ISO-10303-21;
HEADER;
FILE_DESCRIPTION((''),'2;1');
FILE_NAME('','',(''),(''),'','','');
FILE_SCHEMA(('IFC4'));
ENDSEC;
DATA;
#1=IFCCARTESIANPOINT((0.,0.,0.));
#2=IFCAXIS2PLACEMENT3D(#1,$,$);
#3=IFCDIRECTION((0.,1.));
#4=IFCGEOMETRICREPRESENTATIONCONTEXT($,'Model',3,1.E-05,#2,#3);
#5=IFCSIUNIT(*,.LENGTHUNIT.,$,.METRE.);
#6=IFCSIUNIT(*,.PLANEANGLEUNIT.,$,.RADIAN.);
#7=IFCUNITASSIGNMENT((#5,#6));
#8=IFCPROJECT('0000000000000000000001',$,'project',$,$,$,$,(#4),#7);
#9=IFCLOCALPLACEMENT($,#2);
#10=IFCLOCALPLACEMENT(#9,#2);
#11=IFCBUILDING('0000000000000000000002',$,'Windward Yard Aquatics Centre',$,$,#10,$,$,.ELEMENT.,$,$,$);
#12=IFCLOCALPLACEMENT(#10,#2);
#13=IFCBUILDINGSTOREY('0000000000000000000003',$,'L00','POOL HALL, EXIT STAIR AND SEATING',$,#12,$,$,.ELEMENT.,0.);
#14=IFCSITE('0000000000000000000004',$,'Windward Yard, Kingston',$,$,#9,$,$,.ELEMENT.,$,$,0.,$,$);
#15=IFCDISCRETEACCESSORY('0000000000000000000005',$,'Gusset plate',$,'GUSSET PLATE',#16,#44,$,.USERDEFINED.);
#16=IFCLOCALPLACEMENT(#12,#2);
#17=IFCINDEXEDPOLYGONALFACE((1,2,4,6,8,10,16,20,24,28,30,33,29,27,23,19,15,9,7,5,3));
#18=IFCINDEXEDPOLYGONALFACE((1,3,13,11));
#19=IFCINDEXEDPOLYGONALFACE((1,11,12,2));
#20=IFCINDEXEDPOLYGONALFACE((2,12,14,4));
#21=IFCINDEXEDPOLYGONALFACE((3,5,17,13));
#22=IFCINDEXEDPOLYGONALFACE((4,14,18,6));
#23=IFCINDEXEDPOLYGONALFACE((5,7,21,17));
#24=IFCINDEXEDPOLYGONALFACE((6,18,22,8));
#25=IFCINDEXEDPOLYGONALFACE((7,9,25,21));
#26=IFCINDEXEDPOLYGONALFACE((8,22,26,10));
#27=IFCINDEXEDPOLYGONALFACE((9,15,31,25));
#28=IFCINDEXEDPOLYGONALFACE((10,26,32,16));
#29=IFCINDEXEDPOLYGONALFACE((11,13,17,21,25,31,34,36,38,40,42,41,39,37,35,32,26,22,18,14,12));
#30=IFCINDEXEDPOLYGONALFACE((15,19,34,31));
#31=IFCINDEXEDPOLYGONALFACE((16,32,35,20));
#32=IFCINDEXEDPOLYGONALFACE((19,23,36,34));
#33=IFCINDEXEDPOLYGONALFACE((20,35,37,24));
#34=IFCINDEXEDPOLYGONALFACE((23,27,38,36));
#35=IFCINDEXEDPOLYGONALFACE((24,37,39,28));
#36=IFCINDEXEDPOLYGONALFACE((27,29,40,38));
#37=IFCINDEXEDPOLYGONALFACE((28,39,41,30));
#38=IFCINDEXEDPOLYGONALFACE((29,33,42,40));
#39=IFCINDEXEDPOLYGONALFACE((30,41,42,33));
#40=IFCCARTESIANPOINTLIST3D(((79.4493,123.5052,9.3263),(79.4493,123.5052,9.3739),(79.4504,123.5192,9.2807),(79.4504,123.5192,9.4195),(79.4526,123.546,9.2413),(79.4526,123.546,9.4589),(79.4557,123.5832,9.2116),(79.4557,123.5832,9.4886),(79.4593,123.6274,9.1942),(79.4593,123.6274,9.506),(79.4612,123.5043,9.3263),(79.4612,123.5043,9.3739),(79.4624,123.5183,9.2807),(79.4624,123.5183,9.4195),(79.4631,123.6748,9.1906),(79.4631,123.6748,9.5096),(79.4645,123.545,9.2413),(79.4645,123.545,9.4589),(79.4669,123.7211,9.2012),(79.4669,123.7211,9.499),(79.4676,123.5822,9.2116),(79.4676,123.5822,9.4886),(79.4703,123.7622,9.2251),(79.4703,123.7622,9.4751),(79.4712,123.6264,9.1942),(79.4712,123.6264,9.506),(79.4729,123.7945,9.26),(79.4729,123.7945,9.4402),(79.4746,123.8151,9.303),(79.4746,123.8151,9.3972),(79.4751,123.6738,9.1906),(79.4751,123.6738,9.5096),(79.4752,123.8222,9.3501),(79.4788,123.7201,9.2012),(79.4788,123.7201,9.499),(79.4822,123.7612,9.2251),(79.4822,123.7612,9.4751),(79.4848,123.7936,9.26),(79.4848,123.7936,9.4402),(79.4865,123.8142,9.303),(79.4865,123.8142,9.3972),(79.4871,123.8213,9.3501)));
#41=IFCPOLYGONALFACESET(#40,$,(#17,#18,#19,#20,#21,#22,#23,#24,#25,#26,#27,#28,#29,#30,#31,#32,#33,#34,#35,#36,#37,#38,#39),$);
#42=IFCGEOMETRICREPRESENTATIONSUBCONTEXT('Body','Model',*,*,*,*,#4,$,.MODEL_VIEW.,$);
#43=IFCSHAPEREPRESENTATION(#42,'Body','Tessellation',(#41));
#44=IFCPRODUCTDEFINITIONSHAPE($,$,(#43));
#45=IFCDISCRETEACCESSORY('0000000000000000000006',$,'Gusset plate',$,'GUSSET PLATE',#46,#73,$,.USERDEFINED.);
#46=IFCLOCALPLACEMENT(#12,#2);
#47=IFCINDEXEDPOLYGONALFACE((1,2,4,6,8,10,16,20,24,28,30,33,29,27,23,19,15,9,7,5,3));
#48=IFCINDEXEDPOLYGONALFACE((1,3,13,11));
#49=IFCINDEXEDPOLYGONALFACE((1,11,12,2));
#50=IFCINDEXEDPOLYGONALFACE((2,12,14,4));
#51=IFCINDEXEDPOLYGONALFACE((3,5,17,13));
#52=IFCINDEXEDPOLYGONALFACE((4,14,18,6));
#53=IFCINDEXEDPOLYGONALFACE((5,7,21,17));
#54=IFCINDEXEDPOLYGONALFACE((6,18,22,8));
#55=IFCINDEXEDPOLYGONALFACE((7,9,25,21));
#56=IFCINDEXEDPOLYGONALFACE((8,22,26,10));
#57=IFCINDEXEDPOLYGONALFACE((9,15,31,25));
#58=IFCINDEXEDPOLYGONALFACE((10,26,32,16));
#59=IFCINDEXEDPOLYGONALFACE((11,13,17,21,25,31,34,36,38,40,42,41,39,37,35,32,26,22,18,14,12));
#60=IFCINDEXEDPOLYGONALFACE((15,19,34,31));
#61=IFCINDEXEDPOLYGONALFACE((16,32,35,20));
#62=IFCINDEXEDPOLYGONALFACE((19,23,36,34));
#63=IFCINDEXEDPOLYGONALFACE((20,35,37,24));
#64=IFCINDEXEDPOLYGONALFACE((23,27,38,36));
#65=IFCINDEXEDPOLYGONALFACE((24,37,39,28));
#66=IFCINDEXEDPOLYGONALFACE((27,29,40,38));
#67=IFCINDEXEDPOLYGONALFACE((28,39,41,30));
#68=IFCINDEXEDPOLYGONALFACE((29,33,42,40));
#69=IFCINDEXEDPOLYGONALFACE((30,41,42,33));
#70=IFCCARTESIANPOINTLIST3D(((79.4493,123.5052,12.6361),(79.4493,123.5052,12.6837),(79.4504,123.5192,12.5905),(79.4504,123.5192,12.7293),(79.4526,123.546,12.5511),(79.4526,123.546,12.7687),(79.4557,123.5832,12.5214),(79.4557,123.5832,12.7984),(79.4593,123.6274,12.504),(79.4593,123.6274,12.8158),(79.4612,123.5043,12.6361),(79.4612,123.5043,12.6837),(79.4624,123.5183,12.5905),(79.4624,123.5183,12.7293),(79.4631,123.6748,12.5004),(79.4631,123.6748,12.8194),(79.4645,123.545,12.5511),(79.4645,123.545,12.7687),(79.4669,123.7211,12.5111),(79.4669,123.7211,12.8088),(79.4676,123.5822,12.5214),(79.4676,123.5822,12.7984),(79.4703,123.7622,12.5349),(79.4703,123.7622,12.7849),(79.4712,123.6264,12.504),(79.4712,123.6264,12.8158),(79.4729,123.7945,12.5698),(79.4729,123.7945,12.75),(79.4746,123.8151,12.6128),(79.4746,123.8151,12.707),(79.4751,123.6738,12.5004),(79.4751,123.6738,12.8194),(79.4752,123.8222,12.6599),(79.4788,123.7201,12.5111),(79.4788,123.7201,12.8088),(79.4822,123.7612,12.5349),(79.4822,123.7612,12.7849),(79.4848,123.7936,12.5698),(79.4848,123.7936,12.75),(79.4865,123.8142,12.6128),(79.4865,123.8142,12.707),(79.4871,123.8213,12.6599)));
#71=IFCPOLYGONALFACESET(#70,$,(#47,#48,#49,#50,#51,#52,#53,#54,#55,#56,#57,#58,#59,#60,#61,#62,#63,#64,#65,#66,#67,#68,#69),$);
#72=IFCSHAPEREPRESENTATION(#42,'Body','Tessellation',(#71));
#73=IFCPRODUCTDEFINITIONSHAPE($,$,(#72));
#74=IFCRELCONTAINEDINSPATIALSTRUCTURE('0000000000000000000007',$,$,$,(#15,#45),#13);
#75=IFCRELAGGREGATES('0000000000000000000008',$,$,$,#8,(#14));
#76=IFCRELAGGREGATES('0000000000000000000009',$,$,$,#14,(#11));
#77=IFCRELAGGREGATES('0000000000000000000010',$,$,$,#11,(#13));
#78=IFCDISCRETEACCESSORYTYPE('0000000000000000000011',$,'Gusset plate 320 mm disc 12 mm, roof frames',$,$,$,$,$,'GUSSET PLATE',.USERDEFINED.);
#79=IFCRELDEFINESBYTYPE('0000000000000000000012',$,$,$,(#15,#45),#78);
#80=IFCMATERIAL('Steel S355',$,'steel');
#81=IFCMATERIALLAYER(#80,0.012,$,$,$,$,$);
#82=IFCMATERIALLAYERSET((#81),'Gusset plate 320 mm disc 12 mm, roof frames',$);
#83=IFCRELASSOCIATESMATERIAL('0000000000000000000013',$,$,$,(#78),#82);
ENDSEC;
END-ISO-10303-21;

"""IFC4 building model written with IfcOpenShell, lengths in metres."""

from ifc_helpers import new_model, si_unit, direction, frame, origin, origin_2d, place, context, subcontext, project, spatial, circle, extrude, material, layer, layer_set, type_object, element, save


model = new_model("IFC4")

# Units and contexts
model_context = context("Model", 3, precision=1e-05, world=origin(), true_north=direction((0.0, 1.0)))
body_context = subcontext(model_context, "Body", "Model", "MODEL_VIEW")
ifc_project = project(units=[si_unit("LENGTHUNIT", "METRE"), si_unit("PLANEANGLEUNIT", "RADIAN")], contexts=[model_context])

# Site, building, storey
site_placement = place(None, origin())
site = spatial("IfcSite", under=ifc_project, at=site_placement, Name="Windward Yard, Kingston", CompositionType="ELEMENT", RefElevation=0.0)
building_placement = place(site_placement, origin())
building = spatial("IfcBuilding", under=site, at=building_placement, Name="Windward Yard Aquatics Centre", CompositionType="ELEMENT")
storey_placement = place(building_placement, origin())
storey = spatial("IfcBuildingStorey", under=building, at=storey_placement, Name="L00", Description="POOL HALL, EXIT STAIR AND SEATING", CompositionType="ELEMENT", Elevation=0.0)

# Shared definitions
ifc_material_1 = material(Name="Steel S355", Category="steel")

# Discrete accessories
ifc_layer_1 = layer(ifc_material_1, 0.012)
ifc_layer_set_1 = layer_set([ifc_layer_1], Name="Gusset plate 320 mm disc 12 mm, roof frames")
discrete_accessory_type = type_object("IfcDiscreteAccessoryType", Name="Gusset plate 320 mm disc 12 mm, roof frames", ElementType="GUSSET PLATE", PredefinedType="USERDEFINED", material=ifc_layer_set_1)
for number, where, z_axis, x_axis, name in (
    (1, (79.4622, 123.6628, 9.3501), (0.996685, -0.081362, 0.0), (0.081362, 0.996685, 0.0), "Gusset plate"),
    (2, (79.4622, 123.6628, 12.6599), (0.996685, -0.081362, 0.0), (0.081362, 0.996685, 0.0), "Gusset plate"),
):
    element("IfcDiscreteAccessory", number, at=place(storey_placement, frame(where, z_axis=z_axis, x_axis=x_axis)), inside=storey, type_object=discrete_accessory_type, Name=name, ObjectType="GUSSET PLATE", PredefinedType="USERDEFINED", context=body_context, shape_type="SweptSolid", body=[
        extrude(circle(Radius=0.1599, at=origin_2d()), origin(), (0.0, 0.0, 1.0), 0.012),
    ])

save(model, "model.ifc")
